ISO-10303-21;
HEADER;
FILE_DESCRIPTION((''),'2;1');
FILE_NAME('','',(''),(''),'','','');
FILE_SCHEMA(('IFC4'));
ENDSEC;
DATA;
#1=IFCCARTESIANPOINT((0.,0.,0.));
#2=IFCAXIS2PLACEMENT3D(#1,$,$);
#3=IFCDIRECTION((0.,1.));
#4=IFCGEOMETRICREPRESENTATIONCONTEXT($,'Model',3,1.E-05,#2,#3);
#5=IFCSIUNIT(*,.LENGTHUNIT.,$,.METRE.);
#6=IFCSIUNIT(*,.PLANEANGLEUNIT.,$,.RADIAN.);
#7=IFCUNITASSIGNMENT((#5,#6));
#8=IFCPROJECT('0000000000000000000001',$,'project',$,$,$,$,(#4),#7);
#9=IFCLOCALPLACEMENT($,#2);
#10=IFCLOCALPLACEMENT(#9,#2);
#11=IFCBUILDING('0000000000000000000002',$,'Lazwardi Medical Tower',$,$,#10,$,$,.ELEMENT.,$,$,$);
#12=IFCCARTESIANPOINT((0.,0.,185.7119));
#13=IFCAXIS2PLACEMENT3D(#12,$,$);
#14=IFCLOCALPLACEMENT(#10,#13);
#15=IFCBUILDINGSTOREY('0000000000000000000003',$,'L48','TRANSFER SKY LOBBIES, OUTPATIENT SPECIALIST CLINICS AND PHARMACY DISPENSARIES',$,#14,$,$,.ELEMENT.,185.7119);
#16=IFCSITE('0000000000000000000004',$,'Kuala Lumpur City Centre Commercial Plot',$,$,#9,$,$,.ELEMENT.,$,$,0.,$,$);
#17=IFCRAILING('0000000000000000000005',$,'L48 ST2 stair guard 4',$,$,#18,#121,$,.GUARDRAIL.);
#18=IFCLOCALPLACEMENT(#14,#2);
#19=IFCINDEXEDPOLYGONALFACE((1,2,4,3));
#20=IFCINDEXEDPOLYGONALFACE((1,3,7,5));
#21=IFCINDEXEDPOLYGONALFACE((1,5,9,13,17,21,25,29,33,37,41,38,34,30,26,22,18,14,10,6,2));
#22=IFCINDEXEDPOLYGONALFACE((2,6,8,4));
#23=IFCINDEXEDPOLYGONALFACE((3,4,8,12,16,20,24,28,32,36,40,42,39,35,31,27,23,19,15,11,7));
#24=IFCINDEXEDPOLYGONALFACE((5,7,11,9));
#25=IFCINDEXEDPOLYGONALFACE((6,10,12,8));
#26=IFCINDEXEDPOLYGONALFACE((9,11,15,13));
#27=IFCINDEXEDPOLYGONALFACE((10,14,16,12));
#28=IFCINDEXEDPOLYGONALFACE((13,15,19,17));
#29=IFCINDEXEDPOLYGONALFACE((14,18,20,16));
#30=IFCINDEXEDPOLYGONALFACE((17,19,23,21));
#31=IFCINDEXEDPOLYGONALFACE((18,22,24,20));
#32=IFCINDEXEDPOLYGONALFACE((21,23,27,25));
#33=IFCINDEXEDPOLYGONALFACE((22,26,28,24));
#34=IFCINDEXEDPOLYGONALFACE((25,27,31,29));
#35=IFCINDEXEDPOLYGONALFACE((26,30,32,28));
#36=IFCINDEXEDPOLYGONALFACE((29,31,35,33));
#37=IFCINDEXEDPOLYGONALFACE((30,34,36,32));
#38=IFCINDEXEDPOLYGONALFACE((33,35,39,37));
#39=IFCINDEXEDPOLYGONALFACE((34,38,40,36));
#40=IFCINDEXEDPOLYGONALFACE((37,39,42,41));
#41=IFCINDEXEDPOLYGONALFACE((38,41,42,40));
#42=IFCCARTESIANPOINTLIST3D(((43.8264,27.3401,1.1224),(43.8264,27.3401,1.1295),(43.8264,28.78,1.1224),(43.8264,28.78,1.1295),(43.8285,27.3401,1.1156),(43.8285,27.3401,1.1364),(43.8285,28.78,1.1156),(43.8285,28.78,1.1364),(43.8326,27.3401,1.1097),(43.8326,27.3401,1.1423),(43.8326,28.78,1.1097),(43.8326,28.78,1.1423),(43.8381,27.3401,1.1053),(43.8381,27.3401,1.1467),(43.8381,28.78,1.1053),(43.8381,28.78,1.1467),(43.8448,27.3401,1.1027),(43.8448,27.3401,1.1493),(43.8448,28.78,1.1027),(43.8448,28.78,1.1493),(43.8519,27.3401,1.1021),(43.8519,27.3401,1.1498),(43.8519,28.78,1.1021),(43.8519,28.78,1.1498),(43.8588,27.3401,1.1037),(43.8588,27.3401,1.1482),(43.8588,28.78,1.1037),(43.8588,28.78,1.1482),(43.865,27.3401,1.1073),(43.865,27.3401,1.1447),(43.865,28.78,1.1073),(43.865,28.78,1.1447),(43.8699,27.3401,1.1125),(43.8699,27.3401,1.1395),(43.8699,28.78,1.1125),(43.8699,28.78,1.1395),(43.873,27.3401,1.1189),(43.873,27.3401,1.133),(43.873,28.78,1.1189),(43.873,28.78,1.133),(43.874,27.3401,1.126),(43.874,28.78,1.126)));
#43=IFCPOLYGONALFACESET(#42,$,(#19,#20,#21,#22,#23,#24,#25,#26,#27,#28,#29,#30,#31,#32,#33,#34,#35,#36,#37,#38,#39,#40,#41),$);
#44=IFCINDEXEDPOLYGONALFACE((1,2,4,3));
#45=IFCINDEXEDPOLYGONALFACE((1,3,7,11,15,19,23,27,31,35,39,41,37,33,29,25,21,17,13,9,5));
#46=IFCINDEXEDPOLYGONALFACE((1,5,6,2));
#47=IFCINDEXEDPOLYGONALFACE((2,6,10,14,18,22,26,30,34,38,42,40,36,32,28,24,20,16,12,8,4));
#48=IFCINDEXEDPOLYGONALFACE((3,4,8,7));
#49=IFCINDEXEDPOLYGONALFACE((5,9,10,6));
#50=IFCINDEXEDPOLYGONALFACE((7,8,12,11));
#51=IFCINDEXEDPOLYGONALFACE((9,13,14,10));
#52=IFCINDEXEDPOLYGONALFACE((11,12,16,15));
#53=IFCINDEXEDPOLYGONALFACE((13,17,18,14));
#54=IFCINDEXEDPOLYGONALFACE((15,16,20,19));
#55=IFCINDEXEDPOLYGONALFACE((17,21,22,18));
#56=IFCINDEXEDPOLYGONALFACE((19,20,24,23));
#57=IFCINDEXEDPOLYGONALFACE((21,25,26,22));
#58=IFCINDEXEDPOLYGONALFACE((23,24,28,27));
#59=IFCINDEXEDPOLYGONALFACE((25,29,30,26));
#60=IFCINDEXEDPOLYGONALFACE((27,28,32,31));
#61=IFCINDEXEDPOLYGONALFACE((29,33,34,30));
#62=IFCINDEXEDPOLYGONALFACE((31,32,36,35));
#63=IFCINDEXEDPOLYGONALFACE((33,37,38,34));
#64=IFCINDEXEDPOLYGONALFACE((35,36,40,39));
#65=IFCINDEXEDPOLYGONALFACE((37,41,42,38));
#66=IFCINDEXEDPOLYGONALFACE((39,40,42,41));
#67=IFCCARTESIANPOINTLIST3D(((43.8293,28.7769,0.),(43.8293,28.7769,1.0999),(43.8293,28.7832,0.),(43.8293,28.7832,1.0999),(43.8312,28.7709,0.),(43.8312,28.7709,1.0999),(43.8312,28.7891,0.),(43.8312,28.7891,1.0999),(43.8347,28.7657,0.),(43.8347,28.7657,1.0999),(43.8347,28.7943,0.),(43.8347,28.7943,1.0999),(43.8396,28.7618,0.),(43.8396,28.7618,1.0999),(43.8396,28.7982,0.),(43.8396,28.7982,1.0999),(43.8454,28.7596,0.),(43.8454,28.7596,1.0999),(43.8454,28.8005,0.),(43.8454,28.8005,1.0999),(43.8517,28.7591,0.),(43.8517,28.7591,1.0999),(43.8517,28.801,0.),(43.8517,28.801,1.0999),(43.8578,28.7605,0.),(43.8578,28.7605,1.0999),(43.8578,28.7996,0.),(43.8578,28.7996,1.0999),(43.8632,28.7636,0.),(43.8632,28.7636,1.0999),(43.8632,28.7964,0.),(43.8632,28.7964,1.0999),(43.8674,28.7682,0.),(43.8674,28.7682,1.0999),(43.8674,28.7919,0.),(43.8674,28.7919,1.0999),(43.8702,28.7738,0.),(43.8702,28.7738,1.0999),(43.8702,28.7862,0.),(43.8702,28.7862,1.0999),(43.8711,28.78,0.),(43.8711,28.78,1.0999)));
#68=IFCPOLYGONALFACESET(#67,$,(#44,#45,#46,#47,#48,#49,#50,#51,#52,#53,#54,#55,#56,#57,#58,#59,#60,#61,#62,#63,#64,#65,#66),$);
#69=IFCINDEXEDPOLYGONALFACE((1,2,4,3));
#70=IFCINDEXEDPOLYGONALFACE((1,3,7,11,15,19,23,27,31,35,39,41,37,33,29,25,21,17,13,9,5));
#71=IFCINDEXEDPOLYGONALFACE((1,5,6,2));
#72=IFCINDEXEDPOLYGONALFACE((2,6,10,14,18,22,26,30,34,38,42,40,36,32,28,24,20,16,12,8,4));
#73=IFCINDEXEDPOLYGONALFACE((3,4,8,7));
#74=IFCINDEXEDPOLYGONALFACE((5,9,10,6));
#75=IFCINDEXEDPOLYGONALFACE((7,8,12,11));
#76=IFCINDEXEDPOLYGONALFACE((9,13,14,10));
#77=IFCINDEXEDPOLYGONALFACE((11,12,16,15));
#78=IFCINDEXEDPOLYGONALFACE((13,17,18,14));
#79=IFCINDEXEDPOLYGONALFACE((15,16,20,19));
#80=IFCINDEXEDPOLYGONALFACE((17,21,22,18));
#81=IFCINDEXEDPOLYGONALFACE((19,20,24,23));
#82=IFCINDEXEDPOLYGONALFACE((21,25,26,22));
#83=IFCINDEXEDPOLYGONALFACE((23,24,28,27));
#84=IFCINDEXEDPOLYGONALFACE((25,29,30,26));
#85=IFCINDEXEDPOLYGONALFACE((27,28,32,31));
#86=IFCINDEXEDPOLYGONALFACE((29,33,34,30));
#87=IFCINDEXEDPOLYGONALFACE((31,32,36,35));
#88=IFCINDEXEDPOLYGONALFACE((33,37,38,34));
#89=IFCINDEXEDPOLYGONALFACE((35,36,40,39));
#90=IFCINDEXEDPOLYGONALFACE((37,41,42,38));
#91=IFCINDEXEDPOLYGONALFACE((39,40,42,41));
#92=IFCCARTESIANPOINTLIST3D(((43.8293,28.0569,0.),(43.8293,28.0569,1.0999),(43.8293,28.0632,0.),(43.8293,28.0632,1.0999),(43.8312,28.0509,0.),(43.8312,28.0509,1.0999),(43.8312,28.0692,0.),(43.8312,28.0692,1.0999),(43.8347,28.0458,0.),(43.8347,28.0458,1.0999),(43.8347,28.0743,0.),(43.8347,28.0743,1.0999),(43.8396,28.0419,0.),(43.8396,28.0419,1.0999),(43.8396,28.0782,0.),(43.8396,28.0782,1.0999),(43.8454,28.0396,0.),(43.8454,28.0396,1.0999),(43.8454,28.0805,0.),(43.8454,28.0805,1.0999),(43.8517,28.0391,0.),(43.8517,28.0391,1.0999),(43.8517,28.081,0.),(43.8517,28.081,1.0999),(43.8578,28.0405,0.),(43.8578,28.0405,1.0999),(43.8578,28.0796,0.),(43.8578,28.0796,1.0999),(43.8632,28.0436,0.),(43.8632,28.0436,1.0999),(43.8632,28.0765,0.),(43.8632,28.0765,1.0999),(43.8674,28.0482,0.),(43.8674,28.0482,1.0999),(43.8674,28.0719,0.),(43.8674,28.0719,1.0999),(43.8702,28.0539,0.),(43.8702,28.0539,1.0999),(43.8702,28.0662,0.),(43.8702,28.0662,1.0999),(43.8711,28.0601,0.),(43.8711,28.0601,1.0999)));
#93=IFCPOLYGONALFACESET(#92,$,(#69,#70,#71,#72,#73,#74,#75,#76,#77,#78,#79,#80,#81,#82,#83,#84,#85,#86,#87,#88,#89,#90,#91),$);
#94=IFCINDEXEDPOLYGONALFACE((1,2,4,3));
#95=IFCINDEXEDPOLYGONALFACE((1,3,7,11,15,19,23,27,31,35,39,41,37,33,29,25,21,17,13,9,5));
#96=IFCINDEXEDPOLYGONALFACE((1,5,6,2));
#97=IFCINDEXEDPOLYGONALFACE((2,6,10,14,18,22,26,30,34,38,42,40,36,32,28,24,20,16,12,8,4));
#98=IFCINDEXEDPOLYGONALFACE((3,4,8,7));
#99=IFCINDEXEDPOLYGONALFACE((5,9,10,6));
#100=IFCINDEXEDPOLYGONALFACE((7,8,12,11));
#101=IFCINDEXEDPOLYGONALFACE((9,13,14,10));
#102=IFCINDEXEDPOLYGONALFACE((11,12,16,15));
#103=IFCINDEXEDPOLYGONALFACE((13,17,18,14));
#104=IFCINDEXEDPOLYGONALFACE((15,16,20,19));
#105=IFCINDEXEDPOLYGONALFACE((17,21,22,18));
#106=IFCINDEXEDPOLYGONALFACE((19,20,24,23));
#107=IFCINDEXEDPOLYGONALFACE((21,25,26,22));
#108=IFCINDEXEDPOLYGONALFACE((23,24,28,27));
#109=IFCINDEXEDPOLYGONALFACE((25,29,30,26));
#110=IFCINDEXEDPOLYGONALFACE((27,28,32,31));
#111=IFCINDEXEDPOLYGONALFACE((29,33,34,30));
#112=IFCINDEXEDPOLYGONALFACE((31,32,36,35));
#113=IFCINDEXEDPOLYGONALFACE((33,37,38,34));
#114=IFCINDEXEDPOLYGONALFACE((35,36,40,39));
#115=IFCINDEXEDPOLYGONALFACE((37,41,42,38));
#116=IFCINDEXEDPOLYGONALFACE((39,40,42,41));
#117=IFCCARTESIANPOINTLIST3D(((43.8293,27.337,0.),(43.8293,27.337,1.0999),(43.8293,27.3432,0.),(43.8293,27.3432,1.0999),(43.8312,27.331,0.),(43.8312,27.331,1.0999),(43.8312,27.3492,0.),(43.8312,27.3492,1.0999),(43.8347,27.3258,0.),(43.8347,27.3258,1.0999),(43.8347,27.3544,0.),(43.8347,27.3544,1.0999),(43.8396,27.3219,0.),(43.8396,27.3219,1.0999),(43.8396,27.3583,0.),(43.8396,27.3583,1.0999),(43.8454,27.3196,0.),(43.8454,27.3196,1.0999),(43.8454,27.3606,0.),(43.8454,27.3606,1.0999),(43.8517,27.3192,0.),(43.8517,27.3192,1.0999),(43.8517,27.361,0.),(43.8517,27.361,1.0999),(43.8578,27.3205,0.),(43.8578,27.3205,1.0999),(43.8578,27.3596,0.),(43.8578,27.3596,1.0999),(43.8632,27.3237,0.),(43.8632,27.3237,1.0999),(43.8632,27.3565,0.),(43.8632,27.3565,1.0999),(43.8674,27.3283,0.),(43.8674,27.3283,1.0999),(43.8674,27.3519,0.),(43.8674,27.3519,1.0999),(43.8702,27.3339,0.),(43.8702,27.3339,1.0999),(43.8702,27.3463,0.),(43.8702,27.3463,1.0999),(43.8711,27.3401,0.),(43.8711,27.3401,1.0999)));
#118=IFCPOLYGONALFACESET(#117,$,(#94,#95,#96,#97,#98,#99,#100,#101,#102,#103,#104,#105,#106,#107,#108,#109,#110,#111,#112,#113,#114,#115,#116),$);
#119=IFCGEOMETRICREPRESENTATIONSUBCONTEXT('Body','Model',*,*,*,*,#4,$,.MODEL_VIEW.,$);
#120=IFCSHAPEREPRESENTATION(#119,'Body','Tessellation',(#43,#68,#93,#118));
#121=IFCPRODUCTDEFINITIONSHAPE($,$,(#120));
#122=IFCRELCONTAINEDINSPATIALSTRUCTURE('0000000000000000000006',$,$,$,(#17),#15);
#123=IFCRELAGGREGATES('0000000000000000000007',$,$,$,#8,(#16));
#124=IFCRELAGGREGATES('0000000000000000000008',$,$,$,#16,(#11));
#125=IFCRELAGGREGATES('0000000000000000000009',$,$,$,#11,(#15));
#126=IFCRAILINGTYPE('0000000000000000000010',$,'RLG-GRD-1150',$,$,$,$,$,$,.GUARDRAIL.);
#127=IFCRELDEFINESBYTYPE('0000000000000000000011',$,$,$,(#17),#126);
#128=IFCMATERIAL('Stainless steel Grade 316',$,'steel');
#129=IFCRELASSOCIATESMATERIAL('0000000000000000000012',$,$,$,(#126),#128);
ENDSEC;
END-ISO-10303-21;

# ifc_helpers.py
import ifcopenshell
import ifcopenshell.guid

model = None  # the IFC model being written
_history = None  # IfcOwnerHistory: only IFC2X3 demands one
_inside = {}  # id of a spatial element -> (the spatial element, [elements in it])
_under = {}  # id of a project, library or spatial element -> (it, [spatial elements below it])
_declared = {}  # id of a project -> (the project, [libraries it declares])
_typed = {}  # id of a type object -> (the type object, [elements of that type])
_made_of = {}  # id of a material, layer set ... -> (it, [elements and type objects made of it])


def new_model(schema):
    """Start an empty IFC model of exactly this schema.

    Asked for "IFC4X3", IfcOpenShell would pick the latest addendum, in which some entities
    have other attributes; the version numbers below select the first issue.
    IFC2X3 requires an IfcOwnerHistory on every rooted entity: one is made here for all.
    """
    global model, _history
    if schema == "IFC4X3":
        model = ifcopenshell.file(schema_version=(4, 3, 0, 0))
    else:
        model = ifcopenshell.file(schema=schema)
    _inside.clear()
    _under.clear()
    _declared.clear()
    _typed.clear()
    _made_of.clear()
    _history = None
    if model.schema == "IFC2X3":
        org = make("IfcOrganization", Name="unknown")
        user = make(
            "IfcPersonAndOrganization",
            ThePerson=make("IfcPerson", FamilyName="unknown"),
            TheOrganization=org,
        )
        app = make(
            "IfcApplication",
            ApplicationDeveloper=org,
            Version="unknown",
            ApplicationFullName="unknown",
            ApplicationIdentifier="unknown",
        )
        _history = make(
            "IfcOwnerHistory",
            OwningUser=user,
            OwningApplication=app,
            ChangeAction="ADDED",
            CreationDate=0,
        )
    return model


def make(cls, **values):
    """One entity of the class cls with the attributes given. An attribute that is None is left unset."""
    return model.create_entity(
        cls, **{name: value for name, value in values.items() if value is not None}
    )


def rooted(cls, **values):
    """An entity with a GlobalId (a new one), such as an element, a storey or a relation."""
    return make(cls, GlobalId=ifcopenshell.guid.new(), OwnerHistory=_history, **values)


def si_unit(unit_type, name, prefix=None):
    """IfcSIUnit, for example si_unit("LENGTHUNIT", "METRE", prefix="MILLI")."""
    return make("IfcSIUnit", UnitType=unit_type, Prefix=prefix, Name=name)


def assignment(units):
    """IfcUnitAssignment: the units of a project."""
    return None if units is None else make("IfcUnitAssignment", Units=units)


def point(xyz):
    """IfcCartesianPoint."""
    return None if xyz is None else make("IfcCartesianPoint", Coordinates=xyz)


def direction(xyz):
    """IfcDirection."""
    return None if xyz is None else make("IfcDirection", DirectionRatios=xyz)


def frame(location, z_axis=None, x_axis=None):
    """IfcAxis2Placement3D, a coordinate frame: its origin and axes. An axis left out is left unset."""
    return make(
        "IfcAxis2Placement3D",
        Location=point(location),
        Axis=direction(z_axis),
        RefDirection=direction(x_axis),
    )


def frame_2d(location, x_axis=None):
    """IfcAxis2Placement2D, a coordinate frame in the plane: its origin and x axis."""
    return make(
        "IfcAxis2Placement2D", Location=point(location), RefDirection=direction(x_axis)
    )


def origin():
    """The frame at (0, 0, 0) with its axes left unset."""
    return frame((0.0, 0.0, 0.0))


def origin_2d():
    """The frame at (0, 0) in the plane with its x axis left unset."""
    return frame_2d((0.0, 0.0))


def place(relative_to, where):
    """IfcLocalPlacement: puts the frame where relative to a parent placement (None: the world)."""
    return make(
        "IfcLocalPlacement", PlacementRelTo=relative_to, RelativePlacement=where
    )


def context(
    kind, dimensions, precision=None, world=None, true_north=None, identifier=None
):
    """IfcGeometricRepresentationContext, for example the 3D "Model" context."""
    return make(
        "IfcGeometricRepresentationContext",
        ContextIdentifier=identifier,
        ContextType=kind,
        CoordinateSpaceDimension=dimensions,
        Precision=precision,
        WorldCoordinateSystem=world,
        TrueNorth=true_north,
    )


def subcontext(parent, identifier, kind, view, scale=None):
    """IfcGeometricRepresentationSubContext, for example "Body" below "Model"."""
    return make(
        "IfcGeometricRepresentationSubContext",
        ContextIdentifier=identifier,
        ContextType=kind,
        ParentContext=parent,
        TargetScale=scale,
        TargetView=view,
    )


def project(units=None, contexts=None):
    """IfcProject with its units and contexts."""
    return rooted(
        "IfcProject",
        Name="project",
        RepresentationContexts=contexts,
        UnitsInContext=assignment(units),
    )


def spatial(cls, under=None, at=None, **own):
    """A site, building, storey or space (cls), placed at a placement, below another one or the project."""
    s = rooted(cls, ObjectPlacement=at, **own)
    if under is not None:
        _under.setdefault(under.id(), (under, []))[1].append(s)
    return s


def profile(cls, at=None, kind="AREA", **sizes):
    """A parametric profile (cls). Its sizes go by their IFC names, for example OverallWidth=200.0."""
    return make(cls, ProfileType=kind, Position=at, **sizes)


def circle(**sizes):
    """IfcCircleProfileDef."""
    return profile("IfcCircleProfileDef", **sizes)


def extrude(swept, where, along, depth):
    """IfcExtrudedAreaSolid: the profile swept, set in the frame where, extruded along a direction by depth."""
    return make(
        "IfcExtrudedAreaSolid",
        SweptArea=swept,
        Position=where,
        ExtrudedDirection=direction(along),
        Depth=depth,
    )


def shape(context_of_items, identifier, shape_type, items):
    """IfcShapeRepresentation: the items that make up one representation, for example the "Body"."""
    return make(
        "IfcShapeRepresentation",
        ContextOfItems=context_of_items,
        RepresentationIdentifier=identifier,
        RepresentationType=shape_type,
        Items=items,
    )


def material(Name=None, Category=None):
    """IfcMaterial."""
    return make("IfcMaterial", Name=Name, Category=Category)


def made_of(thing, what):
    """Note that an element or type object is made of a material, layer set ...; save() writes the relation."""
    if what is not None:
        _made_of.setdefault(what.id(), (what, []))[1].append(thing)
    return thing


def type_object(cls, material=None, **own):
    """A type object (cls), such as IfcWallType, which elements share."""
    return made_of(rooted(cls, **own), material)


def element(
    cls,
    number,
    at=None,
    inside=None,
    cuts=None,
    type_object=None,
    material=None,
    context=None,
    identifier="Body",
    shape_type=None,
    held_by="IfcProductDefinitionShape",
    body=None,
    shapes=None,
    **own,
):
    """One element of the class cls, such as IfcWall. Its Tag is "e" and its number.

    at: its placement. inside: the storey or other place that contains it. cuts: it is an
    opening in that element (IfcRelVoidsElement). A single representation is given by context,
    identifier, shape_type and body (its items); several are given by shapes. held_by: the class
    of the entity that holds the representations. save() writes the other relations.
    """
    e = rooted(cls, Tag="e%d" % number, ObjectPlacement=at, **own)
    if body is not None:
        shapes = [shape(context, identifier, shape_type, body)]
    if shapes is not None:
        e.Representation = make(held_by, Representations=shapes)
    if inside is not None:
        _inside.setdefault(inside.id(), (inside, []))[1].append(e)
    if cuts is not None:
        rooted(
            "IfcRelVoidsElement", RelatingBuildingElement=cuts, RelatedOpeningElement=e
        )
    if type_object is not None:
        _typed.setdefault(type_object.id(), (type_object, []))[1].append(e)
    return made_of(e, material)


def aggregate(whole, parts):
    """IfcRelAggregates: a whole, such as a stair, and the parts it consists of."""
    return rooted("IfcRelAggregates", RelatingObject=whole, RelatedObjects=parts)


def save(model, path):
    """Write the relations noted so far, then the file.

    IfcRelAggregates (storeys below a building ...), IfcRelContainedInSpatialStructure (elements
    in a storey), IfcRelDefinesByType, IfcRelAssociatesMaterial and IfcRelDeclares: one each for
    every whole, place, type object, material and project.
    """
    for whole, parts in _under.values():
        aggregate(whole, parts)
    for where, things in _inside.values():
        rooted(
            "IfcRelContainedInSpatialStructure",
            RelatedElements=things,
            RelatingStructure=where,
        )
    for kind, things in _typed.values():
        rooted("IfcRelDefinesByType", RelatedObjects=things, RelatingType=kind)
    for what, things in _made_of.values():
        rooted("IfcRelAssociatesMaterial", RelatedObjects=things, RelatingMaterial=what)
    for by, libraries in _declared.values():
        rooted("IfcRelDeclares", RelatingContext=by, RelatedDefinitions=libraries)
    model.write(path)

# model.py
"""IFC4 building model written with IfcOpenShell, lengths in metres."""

from ifc_helpers import new_model, si_unit, direction, frame, origin, origin_2d, place, context, subcontext, project, spatial, circle, extrude, material, type_object, element, save


model = new_model("IFC4")

# Units and contexts
model_context = context("Model", 3, precision=1e-05, world=origin(), true_north=direction((0.0, 1.0)))
body_context = subcontext(model_context, "Body", "Model", "MODEL_VIEW")
ifc_project = project(units=[si_unit("LENGTHUNIT", "METRE"), si_unit("PLANEANGLEUNIT", "RADIAN")], contexts=[model_context])

# Site, building, storey
site_placement = place(None, origin())
site = spatial("IfcSite", under=ifc_project, at=site_placement, Name="Kuala Lumpur City Centre Commercial Plot", CompositionType="ELEMENT", RefElevation=0.0)
building_placement = place(site_placement, origin())
building = spatial("IfcBuilding", under=site, at=building_placement, Name="Lazwardi Medical Tower", CompositionType="ELEMENT")
storey_placement = place(building_placement, frame((0.0, 0.0, 185.7119)))
storey = spatial("IfcBuildingStorey", under=building, at=storey_placement, Name="L48", Description="TRANSFER SKY LOBBIES, OUTPATIENT SPECIALIST CLINICS AND PHARMACY DISPENSARIES", CompositionType="ELEMENT", Elevation=185.7119)

# Railing
ifc_material_1 = material(Name="Stainless steel Grade 316", Category="steel")
railing_type_1 = type_object("IfcRailingType", Name="RLG-GRD-1150", PredefinedType="GUARDRAIL", material=ifc_material_1)
railing_1_placement = place(storey_placement, frame((43.8501, 28.78, 0.0)))
element("IfcRailing", 1, at=railing_1_placement, inside=storey, type_object=railing_type_1, Name="L48 ST2 stair guard 4", PredefinedType="GUARDRAIL", context=body_context, shape_type="SweptSolid", body=[
    extrude(circle(Radius=0.0239, at=origin_2d()), frame((0.0, 0.0, 1.126), z_axis=(0.0, -1.0, 0.0), x_axis=(1.0, 0.0, 0.0)), (0.0, 0.0, 1.0), 1.4399),
    extrude(circle(Radius=0.021, at=origin_2d()), origin(), (0.0, 0.0, 1.0), 1.0999),
    extrude(circle(Radius=0.021, at=origin_2d()), frame((0.0, -0.72, 0.0)), (0.0, 0.0, 1.0), 1.0999),
    extrude(circle(Radius=0.021, at=origin_2d()), frame((0.0, -1.4399, 0.0)), (0.0, 0.0, 1.0), 1.0999),
])

save(model, "model.ifc")
